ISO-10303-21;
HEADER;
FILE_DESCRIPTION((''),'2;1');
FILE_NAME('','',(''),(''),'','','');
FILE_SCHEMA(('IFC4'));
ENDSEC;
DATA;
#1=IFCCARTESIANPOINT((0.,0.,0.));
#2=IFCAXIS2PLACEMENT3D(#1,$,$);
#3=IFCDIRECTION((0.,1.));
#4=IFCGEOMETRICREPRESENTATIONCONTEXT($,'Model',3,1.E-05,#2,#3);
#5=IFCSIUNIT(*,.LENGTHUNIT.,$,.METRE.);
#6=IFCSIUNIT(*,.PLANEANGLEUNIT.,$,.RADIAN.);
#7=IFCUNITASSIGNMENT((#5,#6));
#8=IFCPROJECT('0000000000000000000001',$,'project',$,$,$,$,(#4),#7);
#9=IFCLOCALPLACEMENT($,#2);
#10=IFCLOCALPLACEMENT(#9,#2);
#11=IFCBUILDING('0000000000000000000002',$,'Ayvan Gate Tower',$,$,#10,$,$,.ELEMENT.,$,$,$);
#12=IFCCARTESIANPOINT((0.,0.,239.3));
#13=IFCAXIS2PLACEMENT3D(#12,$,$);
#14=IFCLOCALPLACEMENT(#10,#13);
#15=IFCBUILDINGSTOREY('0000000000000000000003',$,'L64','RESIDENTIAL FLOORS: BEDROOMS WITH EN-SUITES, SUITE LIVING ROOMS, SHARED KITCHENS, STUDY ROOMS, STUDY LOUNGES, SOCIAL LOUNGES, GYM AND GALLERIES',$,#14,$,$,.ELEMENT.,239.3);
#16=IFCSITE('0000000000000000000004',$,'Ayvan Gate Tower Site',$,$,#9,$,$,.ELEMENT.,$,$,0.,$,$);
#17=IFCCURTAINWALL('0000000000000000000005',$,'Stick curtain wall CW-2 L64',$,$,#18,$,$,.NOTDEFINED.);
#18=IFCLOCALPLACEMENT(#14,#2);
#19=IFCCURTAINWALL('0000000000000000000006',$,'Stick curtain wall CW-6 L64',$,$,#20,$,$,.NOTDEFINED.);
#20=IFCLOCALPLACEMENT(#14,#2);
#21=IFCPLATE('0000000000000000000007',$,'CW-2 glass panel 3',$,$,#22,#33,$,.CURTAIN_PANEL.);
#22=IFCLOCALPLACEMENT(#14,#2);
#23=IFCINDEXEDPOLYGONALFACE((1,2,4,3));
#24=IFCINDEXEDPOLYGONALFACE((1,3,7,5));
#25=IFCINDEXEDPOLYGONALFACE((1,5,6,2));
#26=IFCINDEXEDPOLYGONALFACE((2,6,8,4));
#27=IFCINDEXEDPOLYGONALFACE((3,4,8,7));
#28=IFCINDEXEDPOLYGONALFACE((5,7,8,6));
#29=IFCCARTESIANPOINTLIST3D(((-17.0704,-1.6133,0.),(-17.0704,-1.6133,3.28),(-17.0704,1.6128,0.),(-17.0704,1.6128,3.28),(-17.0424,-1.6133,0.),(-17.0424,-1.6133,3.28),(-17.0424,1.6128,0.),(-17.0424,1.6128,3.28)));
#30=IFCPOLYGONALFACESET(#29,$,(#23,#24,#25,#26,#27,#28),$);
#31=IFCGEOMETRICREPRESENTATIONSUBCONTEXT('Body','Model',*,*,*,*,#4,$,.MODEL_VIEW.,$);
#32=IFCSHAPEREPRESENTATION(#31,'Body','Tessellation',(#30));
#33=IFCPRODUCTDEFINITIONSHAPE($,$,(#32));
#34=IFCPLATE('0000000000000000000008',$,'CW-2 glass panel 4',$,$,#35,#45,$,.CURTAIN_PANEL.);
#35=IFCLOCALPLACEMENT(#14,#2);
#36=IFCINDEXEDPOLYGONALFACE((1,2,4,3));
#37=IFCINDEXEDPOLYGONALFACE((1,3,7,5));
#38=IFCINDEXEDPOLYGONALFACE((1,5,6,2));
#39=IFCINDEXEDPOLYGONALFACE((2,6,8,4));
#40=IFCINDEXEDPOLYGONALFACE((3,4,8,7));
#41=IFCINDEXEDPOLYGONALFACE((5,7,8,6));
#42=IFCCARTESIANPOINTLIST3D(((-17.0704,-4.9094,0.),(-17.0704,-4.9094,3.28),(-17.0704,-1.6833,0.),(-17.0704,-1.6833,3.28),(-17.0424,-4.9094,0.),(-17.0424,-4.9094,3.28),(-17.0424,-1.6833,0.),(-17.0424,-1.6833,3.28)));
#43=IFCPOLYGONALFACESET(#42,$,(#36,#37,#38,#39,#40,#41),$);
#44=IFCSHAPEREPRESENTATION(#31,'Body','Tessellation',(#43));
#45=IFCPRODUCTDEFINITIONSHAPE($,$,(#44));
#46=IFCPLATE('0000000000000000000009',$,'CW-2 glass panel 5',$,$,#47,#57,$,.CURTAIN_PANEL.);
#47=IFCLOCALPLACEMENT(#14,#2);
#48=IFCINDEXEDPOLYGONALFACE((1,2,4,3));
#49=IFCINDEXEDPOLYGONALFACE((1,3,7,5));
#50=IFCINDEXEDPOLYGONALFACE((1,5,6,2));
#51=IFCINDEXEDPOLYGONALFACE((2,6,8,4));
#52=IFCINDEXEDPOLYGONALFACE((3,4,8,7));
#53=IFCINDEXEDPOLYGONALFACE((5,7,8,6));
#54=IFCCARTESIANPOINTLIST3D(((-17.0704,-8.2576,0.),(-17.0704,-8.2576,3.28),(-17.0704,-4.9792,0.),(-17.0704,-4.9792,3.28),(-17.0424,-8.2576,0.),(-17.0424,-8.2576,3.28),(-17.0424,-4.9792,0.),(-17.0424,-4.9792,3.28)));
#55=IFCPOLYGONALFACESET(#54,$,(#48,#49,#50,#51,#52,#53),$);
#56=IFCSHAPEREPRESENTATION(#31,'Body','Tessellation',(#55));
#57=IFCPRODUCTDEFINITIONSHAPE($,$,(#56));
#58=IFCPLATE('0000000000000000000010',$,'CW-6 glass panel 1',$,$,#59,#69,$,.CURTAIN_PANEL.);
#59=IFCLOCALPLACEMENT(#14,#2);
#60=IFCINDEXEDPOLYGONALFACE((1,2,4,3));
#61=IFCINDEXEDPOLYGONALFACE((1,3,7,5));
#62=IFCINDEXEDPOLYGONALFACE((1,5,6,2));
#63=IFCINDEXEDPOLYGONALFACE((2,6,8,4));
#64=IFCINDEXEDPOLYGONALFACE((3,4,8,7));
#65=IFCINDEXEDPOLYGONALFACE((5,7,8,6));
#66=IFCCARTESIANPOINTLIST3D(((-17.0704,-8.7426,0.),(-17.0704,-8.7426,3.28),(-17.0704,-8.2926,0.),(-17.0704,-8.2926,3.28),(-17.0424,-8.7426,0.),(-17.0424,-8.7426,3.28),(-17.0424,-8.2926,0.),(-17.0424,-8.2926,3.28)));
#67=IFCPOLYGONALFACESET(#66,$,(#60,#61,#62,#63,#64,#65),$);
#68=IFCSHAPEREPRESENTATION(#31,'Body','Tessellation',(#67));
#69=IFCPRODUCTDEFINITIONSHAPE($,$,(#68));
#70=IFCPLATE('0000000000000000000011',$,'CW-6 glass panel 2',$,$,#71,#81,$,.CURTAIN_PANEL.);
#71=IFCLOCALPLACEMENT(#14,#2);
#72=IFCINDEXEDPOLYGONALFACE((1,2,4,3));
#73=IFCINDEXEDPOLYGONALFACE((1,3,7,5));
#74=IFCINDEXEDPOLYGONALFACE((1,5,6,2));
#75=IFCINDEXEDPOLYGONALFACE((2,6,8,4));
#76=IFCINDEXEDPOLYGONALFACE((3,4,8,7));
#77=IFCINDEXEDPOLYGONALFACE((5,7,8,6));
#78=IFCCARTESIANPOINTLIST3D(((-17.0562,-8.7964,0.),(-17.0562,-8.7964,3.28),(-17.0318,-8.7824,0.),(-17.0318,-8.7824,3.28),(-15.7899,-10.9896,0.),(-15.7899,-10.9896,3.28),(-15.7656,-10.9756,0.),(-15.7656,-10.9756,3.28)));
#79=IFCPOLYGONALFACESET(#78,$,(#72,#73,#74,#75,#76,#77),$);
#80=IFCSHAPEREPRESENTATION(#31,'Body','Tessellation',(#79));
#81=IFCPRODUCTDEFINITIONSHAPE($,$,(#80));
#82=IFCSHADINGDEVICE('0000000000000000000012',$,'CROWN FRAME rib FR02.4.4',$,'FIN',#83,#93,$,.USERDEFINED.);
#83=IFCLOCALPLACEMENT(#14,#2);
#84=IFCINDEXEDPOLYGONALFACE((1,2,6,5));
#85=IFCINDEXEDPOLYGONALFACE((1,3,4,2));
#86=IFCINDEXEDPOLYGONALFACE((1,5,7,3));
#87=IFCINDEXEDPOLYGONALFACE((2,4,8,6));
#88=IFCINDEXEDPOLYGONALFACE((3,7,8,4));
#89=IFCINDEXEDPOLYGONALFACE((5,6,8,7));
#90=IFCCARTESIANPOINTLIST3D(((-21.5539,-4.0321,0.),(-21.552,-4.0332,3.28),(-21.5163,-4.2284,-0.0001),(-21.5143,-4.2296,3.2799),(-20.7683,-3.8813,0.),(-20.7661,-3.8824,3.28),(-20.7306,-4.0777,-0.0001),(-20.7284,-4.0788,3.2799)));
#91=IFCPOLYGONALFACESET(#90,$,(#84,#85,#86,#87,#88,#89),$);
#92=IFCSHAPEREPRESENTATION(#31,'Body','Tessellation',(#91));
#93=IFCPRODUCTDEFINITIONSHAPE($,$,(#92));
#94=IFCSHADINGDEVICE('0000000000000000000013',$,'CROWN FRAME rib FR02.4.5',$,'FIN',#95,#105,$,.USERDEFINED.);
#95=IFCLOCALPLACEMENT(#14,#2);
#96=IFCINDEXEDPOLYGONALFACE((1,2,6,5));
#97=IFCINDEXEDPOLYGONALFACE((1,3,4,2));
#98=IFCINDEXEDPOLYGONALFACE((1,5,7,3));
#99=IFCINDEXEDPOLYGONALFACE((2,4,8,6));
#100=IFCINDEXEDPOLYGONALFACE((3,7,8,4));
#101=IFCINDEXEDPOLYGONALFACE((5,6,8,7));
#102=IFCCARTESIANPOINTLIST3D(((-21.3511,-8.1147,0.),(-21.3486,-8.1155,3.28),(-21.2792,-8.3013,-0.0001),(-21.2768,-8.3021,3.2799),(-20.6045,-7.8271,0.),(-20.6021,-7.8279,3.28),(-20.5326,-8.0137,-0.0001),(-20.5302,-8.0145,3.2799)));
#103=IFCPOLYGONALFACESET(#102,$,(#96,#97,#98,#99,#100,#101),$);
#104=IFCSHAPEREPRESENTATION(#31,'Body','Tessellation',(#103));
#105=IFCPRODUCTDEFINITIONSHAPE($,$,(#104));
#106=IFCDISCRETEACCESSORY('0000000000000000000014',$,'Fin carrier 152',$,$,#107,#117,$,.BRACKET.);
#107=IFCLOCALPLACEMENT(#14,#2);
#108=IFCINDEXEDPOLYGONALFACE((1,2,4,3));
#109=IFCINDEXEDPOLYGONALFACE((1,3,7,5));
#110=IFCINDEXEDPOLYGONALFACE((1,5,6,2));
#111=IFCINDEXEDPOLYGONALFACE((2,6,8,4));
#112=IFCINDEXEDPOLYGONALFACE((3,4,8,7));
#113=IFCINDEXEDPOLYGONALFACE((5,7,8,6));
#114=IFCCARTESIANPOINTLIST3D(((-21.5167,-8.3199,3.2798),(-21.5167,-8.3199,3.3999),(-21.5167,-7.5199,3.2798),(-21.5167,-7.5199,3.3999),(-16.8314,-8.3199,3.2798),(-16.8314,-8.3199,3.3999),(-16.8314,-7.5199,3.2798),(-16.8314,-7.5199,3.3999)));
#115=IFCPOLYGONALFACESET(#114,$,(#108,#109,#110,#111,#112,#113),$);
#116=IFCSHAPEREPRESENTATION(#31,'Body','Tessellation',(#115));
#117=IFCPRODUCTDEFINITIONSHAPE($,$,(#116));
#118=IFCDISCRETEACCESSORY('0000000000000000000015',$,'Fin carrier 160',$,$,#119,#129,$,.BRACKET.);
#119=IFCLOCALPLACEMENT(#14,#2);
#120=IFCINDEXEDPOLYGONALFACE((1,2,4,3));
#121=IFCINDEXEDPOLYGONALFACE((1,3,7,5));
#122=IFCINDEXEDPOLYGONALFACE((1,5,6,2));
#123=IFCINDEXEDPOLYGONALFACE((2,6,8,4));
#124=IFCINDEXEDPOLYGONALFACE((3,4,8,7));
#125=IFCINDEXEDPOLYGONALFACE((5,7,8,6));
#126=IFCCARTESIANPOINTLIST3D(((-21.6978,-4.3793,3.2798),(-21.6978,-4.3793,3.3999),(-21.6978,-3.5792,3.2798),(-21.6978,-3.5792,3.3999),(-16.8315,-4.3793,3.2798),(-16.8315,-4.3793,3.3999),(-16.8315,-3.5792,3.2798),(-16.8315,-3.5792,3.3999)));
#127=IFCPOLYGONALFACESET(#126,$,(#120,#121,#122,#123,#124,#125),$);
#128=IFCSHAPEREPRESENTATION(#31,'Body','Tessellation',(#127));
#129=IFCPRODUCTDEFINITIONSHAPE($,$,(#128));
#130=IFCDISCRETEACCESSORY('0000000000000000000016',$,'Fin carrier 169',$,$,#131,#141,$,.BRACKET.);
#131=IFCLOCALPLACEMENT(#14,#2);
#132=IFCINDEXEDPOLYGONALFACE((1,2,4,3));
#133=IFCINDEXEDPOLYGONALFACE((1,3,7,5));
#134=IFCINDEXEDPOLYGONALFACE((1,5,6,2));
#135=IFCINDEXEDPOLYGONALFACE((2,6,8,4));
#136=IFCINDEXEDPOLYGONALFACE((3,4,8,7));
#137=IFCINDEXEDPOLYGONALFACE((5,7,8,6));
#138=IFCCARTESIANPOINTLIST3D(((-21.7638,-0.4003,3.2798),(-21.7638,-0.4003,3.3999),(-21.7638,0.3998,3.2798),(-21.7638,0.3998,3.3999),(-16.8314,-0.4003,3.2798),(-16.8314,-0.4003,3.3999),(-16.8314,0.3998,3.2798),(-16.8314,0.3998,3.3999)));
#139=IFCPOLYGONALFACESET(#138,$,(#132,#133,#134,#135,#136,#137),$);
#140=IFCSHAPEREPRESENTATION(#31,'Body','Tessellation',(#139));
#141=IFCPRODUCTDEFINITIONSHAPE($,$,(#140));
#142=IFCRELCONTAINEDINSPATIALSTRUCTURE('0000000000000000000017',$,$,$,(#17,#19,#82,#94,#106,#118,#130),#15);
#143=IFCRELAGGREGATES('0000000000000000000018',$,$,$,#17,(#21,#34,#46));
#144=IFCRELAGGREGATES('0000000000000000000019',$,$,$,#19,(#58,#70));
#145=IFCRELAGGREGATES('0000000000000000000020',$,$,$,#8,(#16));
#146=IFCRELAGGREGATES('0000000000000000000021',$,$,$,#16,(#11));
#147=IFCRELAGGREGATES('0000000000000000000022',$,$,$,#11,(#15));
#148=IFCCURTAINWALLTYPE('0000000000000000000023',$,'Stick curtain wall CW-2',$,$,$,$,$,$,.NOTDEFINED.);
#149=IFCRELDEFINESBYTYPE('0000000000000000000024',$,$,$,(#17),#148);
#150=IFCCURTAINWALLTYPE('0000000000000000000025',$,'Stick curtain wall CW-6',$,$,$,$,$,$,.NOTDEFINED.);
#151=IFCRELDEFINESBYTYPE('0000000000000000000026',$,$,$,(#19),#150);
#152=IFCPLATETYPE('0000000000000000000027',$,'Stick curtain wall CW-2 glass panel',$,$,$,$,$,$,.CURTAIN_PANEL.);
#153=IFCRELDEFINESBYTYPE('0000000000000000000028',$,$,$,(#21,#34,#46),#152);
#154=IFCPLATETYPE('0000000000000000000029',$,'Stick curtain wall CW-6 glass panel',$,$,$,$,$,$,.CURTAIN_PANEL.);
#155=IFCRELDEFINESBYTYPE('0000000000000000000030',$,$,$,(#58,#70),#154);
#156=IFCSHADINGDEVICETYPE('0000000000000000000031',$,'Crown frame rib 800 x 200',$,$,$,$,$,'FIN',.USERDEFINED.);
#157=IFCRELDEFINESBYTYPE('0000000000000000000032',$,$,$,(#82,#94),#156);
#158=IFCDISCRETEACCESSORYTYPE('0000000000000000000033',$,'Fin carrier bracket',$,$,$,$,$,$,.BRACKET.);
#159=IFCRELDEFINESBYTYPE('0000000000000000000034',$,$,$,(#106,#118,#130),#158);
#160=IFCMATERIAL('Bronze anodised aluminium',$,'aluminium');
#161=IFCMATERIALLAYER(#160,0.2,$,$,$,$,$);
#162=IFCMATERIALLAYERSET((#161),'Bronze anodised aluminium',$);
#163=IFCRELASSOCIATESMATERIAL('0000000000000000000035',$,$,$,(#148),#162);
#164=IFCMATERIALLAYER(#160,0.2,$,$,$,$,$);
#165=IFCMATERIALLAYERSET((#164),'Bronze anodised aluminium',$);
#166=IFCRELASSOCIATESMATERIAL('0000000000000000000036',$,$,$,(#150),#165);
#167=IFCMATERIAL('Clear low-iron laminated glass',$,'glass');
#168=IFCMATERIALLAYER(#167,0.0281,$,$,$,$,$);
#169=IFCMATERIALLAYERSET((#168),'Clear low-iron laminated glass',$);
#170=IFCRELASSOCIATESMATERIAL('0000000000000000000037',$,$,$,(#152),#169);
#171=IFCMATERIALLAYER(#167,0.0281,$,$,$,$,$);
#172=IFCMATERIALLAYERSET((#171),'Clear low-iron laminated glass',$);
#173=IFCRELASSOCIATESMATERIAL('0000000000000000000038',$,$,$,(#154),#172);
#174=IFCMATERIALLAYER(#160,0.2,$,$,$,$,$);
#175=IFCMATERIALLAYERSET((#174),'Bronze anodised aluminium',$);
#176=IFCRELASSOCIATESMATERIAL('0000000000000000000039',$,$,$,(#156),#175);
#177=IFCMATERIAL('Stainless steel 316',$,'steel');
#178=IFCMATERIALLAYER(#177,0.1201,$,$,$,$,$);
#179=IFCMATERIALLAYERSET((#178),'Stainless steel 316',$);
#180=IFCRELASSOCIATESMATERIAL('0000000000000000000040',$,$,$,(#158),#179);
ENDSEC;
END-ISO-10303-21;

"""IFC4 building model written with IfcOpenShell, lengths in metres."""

from ifc_helpers import new_model, si_unit, direction, frame, origin, origin_2d, place, context, subcontext, project, spatial, polyline, rectangle, outline, extrude, material, layer, layer_set, type_object, element, aggregate, save


model = new_model("IFC4")

# Units and contexts
model_context = context("Model", 3, precision=1e-05, world=origin(), true_north=direction((0.0, 1.0)))
body_context = subcontext(model_context, "Body", "Model", "MODEL_VIEW")
ifc_project = project(units=[si_unit("LENGTHUNIT", "METRE"), si_unit("PLANEANGLEUNIT", "RADIAN")], contexts=[model_context])

# Site, building, storey
site_placement = place(None, origin())
site = spatial("IfcSite", under=ifc_project, at=site_placement, Name="Ayvan Gate Tower Site", CompositionType="ELEMENT", RefElevation=0.0)
building_placement = place(site_placement, origin())
building = spatial("IfcBuilding", under=site, at=building_placement, Name="Ayvan Gate Tower", CompositionType="ELEMENT")
storey_placement = place(building_placement, frame((0.0, 0.0, 239.3)))
storey = spatial("IfcBuildingStorey", under=building, at=storey_placement, Name="L64", Description="RESIDENTIAL FLOORS: BEDROOMS WITH EN-SUITES, SUITE LIVING ROOMS, SHARED KITCHENS, STUDY ROOMS, STUDY LOUNGES, SOCIAL LOUNGES, GYM AND GALLERIES", CompositionType="ELEMENT", Elevation=239.3)

# Curtain walls
ifc_material_1 = material(Name="Bronze anodised aluminium", Category="aluminium")
ifc_layer_1 = layer(ifc_material_1, 0.2)
ifc_layer_set_1 = layer_set([ifc_layer_1], Name="Bronze anodised aluminium")
curtain_wall_type_1 = type_object("IfcCurtainWallType", Name="Stick curtain wall CW-2", PredefinedType="NOTDEFINED", material=ifc_layer_set_1)
curtain_wall_1_placement = place(storey_placement, origin())
curtain_wall_1 = element("IfcCurtainWall", 1, at=curtain_wall_1_placement, inside=storey, type_object=curtain_wall_type_1, Name="Stick curtain wall CW-2 L64", PredefinedType="NOTDEFINED")
ifc_layer_2 = layer(ifc_material_1, 0.2)
ifc_layer_set_2 = layer_set([ifc_layer_2], Name="Bronze anodised aluminium")
curtain_wall_type_2 = type_object("IfcCurtainWallType", Name="Stick curtain wall CW-6", PredefinedType="NOTDEFINED", material=ifc_layer_set_2)
curtain_wall_2_placement = place(storey_placement, origin())
curtain_wall_2 = element("IfcCurtainWall", 2, at=curtain_wall_2_placement, inside=storey, type_object=curtain_wall_type_2, Name="Stick curtain wall CW-6 L64", PredefinedType="NOTDEFINED")

# Plates
ifc_material_2 = material(Name="Clear low-iron laminated glass", Category="glass")
ifc_layer_3 = layer(ifc_material_2, 0.0281)
ifc_layer_set_3 = layer_set([ifc_layer_3], Name="Clear low-iron laminated glass")
plate_type_1 = type_object("IfcPlateType", Name="Stick curtain wall CW-2 glass panel", PredefinedType="CURTAIN_PANEL", material=ifc_layer_set_3)
plate_1_placement = place(storey_placement, frame((-17.0564, -0.0002, 0.0), z_axis=(0.0, 0.0, 1.0), x_axis=(0.0, -1.0, 0.0)))
plate_1 = element("IfcPlate", 3, at=plate_1_placement, type_object=plate_type_1, Name="CW-2 glass panel 3", PredefinedType="CURTAIN_PANEL", context=body_context, shape_type="SweptSolid", body=[
    extrude(rectangle(XDim=3.2261, YDim=0.0281, at=origin_2d()), origin(), (0.0, 0.0, 1.0), 3.28),
])
plate_2_placement = place(storey_placement, frame((-17.0564, -3.2964, 0.0), z_axis=(0.0, 0.0, 1.0), x_axis=(0.0, -1.0, 0.0)))
plate_2 = element("IfcPlate", 4, at=plate_2_placement, type_object=plate_type_1, Name="CW-2 glass panel 4", PredefinedType="CURTAIN_PANEL", context=body_context, shape_type="SweptSolid", body=[
    extrude(rectangle(XDim=3.2261, YDim=0.0281, at=origin_2d()), origin(), (0.0, 0.0, 1.0), 3.28),
])
plate_3_placement = place(storey_placement, frame((-17.0564, -6.6184, 0.0), z_axis=(0.0, 0.0, 1.0), x_axis=(0.0, -1.0, 0.0)))
plate_3 = element("IfcPlate", 5, at=plate_3_placement, type_object=plate_type_1, Name="CW-2 glass panel 5", PredefinedType="CURTAIN_PANEL", context=body_context, shape_type="SweptSolid", body=[
    extrude(rectangle(XDim=3.2783, YDim=0.0281, at=origin_2d()), origin(), (0.0, 0.0, 1.0), 3.28),
])
aggregate(curtain_wall_1, [plate_1, plate_2, plate_3])
ifc_layer_4 = layer(ifc_material_2, 0.0281)
ifc_layer_set_4 = layer_set([ifc_layer_4], Name="Clear low-iron laminated glass")
plate_type_2 = type_object("IfcPlateType", Name="Stick curtain wall CW-6 glass panel", PredefinedType="CURTAIN_PANEL", material=ifc_layer_set_4)
plate_4_placement = place(storey_placement, frame((-17.0564, -8.5176, 0.0), z_axis=(0.0, 0.0, 1.0), x_axis=(0.0, -1.0, 0.0)))
plate_4 = element("IfcPlate", 6, at=plate_4_placement, type_object=plate_type_2, Name="CW-6 glass panel 1", PredefinedType="CURTAIN_PANEL", context=body_context, shape_type="SweptSolid", body=[
    extrude(rectangle(XDim=0.45, YDim=0.0281, at=origin_2d()), origin(), (0.0, 0.0, 1.0), 3.28),
])
plate_5_placement = place(storey_placement, frame((-16.4109, -9.886, 0.0), z_axis=(0.0, 0.0, 1.0), x_axis=(0.5, -0.866025, 0.0)))
plate_5 = element("IfcPlate", 7, at=plate_5_placement, type_object=plate_type_2, Name="CW-6 glass panel 2", PredefinedType="CURTAIN_PANEL", context=body_context, shape_type="SweptSolid", body=[
    extrude(rectangle(XDim=2.5325, YDim=0.0281, at=origin_2d()), origin(), (0.0, 0.0, 1.0), 3.28),
])
aggregate(curtain_wall_2, [plate_4, plate_5])

# Shading devices
ifc_layer_5 = layer(ifc_material_1, 0.2)
ifc_layer_set_5 = layer_set([ifc_layer_5], Name="Bronze anodised aluminium")
shading_device_type = type_object("IfcShadingDeviceType", Name="Crown frame rib 800 x 200", ElementType="FIN", PredefinedType="USERDEFINED", material=ifc_layer_set_5)
shading_device_1_placement = place(storey_placement, frame((-20.7683, -3.8813, 0.0), z_axis=(-0.188423, 0.982088, 0.000448), x_axis=(-0.982088, -0.188423, 0.0)))
element("IfcShadingDevice", 8, at=shading_device_1_placement, inside=storey, type_object=shading_device_type, Name="CROWN FRAME rib FR02.4.4", ObjectType="FIN", PredefinedType="USERDEFINED", context=body_context, shape_type="SweptSolid", body=[
    extrude(outline(polyline([(0.0, 0.0), (0.8, 0.0), (0.7983, 3.28), (-0.002, 3.28), (0.0, 0.0)])), origin(), (0.0, 0.0, -1.0), 0.2),
])
shading_device_2_placement = place(storey_placement, frame((-20.6045, -7.8271, 0.0), z_axis=(-0.35947, 0.933157, 0.000476), x_axis=(-0.933157, -0.35947, 0.0)))
element("IfcShadingDevice", 9, at=shading_device_2_placement, inside=storey, type_object=shading_device_type, Name="CROWN FRAME rib FR02.4.5", ObjectType="FIN", PredefinedType="USERDEFINED", context=body_context, shape_type="SweptSolid", body=[
    extrude(outline(polyline([(0.0, 0.0), (0.8001, 0.0), (0.798, 3.28), (-0.002, 3.28), (0.0, 0.0)])), origin(), (0.0, 0.0, -1.0), 0.2),
])

# Discrete accessories
ifc_material_3 = material(Name="Stainless steel 316", Category="steel")
ifc_layer_6 = layer(ifc_material_3, 0.1201)
ifc_layer_set_6 = layer_set([ifc_layer_6], Name="Stainless steel 316")
discrete_accessory_type = type_object("IfcDiscreteAccessoryType", Name="Fin carrier bracket", PredefinedType="BRACKET", material=ifc_layer_set_6)
discrete_accessory_1_placement = place(storey_placement, frame((-19.1741, -7.9199, 3.2798), z_axis=(0.0, 0.0, 1.0), x_axis=(0.0, -1.0, 0.0)))
element("IfcDiscreteAccessory", 10, at=discrete_accessory_1_placement, inside=storey, type_object=discrete_accessory_type, Name="Fin carrier 152", PredefinedType="BRACKET", context=body_context, shape_type="SweptSolid", body=[
    extrude(rectangle(XDim=0.8, YDim=4.6853, at=origin_2d()), origin(), (0.0, 0.0, 1.0), 0.1201),
])
discrete_accessory_2_placement = place(storey_placement, frame((-19.2646, -3.9792, 3.2798), z_axis=(0.0, 0.0, 1.0), x_axis=(0.0, -1.0, 0.0)))
element("IfcDiscreteAccessory", 11, at=discrete_accessory_2_placement, inside=storey, type_object=discrete_accessory_type, Name="Fin carrier 160", PredefinedType="BRACKET", context=body_context, shape_type="SweptSolid", body=[
    extrude(rectangle(XDim=0.8, YDim=4.8662, at=origin_2d()), origin(), (0.0, 0.0, 1.0), 0.1201),
])
discrete_accessory_3_placement = place(storey_placement, frame((-19.2976, -0.0002, 3.2798), z_axis=(0.0, 0.0, 1.0), x_axis=(0.0, -1.0, 0.0)))
element("IfcDiscreteAccessory", 12, at=discrete_accessory_3_placement, inside=storey, type_object=discrete_accessory_type, Name="Fin carrier 169", PredefinedType="BRACKET", context=body_context, shape_type="SweptSolid", body=[
    extrude(rectangle(XDim=0.8, YDim=4.9324, at=origin_2d()), origin(), (0.0, 0.0, 1.0), 0.1201),
])

save(model, "model.ifc")
